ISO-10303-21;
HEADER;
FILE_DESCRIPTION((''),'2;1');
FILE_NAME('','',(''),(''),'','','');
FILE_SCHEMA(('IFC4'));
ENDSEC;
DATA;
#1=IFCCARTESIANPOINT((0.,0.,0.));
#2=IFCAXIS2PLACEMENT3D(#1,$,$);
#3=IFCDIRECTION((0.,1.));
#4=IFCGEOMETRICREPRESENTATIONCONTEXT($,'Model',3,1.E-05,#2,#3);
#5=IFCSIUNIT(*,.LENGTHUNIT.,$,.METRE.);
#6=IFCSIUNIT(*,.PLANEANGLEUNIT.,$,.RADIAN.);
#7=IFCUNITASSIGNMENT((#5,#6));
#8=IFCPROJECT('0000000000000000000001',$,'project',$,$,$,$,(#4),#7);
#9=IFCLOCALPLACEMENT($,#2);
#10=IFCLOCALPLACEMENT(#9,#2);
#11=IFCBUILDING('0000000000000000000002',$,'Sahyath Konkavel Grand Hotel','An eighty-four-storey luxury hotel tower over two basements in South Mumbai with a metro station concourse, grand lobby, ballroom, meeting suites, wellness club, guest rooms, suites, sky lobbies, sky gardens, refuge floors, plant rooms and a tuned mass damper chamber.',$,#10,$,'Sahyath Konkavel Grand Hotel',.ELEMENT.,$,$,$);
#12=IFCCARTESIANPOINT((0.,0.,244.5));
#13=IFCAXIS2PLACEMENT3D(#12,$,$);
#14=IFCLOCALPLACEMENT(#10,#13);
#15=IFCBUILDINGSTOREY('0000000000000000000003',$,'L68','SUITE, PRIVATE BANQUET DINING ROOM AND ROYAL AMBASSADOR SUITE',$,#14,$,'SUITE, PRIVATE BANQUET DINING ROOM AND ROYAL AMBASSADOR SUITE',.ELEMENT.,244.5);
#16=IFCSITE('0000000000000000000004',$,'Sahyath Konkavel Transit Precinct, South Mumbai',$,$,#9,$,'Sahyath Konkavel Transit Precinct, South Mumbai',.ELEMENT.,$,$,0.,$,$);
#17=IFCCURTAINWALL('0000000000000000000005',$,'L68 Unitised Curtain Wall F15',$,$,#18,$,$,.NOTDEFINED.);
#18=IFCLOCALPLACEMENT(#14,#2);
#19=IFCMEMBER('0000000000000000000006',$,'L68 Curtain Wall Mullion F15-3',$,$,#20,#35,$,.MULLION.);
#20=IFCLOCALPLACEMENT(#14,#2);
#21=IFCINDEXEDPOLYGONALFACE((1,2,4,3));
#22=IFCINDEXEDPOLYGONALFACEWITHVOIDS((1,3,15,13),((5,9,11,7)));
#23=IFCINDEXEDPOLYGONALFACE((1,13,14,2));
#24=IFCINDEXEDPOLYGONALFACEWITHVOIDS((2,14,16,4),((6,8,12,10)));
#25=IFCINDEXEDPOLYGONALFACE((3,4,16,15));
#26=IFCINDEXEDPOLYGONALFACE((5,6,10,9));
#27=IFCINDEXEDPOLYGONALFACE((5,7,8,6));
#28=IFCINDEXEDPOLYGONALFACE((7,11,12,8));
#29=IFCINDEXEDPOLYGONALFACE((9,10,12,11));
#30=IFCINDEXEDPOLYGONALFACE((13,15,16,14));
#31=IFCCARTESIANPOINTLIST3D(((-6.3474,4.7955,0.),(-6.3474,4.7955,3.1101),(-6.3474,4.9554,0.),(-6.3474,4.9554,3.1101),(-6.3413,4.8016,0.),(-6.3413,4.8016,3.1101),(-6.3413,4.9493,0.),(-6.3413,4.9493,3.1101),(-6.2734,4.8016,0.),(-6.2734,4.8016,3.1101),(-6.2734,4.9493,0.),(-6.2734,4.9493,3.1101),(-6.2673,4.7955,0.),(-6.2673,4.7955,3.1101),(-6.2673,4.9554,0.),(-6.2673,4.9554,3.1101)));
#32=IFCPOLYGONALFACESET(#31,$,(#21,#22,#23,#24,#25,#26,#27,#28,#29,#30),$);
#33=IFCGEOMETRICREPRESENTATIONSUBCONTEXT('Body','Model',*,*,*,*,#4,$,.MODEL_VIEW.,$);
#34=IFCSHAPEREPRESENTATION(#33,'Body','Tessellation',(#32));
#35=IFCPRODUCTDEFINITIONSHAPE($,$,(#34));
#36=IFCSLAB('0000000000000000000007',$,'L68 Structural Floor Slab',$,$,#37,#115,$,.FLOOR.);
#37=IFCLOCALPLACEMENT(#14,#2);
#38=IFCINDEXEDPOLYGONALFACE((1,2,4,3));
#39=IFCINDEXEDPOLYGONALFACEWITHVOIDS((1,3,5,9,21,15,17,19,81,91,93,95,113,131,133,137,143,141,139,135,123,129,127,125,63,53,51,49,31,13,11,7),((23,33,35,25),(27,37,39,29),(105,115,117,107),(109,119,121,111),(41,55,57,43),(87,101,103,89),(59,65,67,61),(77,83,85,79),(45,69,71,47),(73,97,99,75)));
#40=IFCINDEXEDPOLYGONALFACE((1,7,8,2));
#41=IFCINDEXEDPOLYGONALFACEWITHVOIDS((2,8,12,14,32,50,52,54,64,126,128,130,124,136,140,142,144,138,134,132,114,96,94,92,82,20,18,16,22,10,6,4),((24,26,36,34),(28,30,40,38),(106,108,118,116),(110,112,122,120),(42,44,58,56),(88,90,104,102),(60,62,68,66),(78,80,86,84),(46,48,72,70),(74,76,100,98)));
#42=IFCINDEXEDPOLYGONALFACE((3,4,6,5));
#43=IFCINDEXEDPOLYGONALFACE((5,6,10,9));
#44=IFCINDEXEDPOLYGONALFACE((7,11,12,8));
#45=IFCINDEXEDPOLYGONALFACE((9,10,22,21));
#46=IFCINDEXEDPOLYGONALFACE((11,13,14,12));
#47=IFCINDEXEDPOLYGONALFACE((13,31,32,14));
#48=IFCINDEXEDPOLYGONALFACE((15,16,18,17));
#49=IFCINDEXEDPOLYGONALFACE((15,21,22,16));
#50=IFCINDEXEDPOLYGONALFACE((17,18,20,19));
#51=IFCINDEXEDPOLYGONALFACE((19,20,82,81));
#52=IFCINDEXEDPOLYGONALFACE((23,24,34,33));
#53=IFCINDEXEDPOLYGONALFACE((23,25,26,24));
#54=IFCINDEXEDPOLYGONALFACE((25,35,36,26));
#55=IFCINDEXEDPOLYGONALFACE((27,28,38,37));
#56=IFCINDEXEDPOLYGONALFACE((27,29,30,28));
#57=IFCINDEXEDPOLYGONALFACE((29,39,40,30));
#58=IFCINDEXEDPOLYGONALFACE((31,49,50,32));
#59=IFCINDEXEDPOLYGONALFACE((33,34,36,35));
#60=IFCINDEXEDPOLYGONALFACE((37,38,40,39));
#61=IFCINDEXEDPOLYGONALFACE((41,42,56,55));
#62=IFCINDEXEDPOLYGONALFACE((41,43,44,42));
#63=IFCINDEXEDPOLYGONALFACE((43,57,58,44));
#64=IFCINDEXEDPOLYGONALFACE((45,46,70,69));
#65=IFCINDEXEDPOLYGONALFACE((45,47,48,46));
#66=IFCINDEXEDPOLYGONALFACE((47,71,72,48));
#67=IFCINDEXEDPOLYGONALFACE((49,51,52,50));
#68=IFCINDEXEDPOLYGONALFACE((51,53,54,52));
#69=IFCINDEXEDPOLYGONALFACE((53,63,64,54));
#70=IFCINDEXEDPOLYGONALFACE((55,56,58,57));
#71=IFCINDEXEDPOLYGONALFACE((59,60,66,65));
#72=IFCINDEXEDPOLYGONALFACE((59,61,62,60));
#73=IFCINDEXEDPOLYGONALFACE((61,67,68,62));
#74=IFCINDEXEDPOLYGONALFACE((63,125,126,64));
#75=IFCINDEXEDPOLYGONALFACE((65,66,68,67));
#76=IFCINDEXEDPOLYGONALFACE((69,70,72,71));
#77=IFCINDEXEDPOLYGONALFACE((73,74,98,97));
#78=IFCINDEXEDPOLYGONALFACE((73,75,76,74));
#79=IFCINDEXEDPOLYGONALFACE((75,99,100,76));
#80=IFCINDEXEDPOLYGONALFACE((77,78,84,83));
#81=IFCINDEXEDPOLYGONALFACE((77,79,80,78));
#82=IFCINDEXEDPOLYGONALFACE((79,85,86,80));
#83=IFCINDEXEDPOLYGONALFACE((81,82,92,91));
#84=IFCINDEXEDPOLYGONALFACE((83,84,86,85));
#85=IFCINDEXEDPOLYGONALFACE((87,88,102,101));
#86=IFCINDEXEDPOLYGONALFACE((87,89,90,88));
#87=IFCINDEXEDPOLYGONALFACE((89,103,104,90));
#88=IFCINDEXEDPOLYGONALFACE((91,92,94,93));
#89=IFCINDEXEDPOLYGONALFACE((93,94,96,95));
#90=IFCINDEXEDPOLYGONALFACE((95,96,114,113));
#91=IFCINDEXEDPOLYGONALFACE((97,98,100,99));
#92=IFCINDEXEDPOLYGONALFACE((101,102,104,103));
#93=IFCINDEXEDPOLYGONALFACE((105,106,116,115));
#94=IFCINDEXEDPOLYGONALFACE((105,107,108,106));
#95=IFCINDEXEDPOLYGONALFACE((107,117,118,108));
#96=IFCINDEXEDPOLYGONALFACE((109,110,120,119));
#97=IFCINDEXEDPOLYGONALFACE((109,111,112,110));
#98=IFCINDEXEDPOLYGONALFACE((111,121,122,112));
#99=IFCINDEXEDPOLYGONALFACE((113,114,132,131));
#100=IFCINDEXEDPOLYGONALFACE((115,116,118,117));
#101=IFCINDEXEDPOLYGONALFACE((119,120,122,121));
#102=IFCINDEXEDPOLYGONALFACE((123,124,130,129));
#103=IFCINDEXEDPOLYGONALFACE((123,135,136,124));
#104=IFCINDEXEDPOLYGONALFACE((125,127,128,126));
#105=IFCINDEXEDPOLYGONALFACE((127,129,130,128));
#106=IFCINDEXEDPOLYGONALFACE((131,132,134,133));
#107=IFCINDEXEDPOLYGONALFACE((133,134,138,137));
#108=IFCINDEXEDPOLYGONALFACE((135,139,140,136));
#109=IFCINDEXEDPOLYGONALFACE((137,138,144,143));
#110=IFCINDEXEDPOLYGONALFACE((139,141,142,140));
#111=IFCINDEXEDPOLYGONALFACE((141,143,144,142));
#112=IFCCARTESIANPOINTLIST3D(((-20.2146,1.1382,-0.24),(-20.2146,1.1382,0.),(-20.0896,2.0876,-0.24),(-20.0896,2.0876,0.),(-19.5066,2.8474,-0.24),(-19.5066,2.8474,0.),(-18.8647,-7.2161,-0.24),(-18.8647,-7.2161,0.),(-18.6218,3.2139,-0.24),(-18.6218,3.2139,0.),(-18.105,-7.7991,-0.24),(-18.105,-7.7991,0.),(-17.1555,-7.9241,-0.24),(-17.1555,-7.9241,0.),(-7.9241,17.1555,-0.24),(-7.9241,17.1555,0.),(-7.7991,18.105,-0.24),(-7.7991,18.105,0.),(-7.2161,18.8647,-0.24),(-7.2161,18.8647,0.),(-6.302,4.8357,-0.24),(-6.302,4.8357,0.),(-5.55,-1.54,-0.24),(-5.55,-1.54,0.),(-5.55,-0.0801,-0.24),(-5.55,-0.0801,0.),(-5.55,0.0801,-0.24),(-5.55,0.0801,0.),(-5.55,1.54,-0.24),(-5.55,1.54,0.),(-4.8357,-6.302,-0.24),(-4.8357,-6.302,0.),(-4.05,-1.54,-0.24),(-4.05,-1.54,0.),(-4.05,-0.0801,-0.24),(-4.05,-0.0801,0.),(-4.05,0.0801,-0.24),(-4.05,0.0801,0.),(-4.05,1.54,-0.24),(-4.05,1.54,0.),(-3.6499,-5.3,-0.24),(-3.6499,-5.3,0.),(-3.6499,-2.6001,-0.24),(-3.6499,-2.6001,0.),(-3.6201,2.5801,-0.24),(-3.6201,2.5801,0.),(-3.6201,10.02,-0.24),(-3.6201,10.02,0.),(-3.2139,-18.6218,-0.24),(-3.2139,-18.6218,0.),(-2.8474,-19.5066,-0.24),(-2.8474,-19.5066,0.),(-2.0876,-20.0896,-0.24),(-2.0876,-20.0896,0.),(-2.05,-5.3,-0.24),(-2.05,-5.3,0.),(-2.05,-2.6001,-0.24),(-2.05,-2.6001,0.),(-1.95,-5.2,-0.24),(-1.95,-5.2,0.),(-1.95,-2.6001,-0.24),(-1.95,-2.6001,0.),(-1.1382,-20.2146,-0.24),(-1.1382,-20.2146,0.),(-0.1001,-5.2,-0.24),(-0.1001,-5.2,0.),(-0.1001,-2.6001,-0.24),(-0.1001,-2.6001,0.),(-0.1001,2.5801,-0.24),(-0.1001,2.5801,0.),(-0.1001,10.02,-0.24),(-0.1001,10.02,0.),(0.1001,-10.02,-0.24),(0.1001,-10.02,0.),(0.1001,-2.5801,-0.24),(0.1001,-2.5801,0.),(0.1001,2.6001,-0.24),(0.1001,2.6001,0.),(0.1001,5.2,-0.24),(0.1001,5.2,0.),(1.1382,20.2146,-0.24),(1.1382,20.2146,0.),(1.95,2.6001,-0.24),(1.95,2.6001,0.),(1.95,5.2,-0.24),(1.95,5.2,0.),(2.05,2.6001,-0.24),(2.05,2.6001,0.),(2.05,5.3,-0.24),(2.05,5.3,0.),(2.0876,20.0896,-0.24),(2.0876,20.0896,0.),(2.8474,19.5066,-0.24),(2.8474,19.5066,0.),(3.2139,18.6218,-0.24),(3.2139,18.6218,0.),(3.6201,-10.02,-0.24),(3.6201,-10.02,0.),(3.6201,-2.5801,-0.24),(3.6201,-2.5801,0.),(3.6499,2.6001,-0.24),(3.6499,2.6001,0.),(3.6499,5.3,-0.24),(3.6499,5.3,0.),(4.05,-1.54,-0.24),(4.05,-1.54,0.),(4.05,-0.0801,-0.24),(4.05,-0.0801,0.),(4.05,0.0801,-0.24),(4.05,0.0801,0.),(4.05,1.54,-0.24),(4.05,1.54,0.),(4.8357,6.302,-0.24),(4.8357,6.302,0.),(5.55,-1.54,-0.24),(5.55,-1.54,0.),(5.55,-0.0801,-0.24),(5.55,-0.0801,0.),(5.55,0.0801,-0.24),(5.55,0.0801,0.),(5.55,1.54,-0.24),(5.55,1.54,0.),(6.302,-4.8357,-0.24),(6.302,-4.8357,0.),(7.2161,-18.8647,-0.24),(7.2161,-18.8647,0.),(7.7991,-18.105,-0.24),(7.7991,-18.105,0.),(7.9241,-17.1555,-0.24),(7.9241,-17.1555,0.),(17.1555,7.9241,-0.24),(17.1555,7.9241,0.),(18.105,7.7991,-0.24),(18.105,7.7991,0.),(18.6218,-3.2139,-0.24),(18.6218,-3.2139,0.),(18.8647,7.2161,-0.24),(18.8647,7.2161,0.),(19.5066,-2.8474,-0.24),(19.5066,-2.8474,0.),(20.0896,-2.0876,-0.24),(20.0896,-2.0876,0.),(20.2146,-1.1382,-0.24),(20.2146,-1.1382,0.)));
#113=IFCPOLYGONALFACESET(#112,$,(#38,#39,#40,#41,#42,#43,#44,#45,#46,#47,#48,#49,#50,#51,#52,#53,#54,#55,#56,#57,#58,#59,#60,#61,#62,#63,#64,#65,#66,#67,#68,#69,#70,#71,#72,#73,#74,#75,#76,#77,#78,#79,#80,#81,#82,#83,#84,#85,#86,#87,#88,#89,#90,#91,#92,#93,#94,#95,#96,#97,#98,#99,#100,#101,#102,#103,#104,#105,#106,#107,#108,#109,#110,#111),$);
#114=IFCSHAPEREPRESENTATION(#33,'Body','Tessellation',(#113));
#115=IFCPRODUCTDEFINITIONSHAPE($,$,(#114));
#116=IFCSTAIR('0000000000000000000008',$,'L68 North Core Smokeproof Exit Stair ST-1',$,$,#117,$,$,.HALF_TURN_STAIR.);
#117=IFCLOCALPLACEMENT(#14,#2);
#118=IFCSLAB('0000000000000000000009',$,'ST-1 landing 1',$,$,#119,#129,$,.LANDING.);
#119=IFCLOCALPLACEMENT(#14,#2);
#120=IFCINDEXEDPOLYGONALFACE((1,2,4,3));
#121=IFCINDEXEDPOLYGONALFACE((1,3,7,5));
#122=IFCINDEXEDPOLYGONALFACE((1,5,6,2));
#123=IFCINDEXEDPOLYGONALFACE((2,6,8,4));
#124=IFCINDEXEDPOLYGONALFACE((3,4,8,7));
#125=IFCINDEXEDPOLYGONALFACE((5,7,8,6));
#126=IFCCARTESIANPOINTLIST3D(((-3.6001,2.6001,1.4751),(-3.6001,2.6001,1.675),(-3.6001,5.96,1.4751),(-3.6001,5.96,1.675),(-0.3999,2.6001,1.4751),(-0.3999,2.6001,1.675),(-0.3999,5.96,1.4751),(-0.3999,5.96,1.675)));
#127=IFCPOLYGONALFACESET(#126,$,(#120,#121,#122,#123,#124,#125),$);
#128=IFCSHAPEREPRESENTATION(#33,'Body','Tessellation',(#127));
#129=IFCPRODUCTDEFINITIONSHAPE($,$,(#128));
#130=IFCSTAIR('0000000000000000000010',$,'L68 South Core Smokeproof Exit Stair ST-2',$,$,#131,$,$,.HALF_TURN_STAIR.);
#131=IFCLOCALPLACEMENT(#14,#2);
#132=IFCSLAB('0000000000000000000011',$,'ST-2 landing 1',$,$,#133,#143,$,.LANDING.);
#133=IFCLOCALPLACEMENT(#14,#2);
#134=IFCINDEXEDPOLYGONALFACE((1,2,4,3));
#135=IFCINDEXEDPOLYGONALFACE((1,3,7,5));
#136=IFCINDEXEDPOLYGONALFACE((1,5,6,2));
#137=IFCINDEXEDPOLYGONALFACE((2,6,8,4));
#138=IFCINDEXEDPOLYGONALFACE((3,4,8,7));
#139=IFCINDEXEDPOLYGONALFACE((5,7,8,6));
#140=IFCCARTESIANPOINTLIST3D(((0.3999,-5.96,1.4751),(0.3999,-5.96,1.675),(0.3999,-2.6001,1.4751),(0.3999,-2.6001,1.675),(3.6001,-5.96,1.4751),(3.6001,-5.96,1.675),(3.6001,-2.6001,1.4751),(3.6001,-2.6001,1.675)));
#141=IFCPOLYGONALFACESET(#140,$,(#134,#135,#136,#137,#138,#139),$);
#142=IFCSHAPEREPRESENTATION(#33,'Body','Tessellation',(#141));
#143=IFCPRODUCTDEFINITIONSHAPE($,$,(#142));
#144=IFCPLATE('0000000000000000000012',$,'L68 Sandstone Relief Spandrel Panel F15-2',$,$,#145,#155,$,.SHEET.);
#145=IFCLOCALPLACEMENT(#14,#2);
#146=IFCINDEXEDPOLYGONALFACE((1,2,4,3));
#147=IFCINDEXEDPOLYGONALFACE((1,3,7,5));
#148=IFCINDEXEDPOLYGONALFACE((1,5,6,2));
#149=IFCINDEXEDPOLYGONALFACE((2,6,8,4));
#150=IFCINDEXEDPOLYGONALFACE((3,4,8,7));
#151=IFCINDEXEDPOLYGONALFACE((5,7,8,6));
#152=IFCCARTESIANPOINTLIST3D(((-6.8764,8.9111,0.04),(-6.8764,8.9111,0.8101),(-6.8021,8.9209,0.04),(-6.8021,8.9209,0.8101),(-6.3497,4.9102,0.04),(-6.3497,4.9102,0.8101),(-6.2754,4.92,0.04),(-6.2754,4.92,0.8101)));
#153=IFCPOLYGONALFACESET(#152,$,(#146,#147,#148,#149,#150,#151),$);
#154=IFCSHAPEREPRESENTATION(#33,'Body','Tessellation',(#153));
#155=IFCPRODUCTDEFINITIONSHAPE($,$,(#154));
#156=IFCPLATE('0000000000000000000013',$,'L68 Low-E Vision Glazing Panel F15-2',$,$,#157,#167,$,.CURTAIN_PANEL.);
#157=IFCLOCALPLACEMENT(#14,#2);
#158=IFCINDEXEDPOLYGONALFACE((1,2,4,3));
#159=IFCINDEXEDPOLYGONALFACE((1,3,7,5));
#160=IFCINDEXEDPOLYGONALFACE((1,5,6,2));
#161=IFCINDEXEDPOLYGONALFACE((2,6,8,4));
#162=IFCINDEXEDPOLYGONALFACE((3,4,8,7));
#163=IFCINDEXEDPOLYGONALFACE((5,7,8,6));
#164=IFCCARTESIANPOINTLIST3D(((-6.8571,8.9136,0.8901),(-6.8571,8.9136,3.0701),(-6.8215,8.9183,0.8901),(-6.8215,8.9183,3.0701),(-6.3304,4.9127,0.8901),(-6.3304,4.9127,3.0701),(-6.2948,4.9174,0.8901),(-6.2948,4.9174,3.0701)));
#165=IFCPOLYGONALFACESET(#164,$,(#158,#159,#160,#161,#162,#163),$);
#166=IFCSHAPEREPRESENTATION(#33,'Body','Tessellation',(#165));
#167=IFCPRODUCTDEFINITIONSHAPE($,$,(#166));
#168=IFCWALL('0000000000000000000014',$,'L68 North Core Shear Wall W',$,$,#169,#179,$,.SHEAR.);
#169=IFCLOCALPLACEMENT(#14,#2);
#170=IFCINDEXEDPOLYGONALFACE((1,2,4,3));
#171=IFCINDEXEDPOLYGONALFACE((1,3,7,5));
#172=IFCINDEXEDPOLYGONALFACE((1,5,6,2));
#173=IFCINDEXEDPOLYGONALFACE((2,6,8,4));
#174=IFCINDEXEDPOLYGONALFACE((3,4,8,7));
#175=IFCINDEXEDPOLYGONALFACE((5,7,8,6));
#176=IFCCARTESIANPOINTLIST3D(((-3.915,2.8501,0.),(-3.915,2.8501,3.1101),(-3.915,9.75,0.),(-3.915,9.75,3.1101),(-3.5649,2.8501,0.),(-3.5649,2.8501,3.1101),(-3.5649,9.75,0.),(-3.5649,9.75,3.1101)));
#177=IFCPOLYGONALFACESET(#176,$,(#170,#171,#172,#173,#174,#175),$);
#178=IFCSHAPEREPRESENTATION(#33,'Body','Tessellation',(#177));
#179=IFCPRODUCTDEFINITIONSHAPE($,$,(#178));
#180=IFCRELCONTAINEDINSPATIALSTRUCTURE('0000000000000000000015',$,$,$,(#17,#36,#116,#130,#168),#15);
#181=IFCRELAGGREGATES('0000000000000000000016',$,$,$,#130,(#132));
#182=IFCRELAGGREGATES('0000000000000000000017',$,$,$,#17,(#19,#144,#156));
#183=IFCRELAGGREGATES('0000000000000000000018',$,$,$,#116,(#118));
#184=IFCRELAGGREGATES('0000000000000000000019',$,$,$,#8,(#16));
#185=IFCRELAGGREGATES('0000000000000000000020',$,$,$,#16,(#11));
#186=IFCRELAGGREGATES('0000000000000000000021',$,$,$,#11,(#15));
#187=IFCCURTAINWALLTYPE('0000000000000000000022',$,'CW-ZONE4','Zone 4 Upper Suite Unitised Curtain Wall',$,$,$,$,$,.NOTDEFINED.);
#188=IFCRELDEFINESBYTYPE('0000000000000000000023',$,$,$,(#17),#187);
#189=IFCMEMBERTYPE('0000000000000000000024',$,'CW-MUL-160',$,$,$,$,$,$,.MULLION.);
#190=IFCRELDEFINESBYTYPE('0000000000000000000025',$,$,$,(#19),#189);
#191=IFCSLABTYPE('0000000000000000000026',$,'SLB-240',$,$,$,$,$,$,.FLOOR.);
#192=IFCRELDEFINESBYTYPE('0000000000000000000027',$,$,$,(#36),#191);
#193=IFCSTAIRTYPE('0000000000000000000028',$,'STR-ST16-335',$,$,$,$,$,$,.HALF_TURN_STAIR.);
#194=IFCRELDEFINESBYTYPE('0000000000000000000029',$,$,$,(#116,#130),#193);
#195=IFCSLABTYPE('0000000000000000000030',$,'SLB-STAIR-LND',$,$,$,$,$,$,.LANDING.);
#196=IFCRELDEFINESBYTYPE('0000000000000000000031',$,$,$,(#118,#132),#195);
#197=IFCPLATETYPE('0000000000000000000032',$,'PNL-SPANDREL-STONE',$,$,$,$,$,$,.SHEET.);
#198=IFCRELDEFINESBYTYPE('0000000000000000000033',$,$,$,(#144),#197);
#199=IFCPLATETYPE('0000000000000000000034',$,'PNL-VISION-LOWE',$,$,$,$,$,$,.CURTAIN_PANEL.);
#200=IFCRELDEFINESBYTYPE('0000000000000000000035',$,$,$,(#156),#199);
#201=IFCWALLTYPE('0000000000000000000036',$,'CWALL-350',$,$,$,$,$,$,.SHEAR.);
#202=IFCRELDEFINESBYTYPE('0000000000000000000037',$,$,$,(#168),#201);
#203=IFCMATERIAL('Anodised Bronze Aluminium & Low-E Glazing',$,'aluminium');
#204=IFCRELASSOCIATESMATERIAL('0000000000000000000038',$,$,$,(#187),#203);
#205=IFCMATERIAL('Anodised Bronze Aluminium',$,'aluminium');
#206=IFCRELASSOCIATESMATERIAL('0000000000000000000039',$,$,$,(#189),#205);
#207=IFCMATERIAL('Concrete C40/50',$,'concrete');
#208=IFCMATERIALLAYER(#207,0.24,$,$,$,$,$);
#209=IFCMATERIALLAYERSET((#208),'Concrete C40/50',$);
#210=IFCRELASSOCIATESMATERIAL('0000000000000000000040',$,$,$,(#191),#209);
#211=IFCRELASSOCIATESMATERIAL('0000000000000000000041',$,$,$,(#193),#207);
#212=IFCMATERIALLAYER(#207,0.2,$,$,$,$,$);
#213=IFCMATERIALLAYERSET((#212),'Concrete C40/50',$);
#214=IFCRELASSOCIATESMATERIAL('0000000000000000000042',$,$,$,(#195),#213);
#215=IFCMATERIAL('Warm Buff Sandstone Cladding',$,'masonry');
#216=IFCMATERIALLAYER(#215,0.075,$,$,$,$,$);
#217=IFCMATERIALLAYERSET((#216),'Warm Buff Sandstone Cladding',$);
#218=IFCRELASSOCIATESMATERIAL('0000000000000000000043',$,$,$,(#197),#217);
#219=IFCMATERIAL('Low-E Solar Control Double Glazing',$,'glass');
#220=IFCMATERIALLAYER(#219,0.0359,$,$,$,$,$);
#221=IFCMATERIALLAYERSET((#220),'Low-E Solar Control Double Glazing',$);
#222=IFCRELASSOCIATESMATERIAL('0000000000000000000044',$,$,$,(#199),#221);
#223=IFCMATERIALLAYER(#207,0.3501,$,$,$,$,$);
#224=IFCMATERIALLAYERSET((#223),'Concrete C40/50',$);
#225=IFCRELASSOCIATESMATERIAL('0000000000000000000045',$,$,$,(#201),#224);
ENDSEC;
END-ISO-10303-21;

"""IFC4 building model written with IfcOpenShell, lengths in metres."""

from ifc_helpers import new_model, si_unit, direction, frame, frame_2d, origin, origin_2d, place, context, subcontext, project, spatial, polyline, rectangle, hollow_rectangle, outline, extrude, source, transform, mapped, material, layer, layer_set, material_profile, profile_set, type_object, element, aggregate, save


model = new_model("IFC4")

# Units and contexts
model_context = context("Model", 3, precision=1e-05, world=origin(), true_north=direction((0.0, 1.0)))
body_context = subcontext(model_context, "Body", "Model", "MODEL_VIEW")
ifc_project = project(units=[si_unit("LENGTHUNIT", "METRE"), si_unit("PLANEANGLEUNIT", "RADIAN")], contexts=[model_context])

# Site, building, storey
site_placement = place(None, origin())
site = spatial("IfcSite", under=ifc_project, at=site_placement, Name="Sahyath Konkavel Transit Precinct, South Mumbai", LongName="Sahyath Konkavel Transit Precinct, South Mumbai", CompositionType="ELEMENT", RefElevation=0.0)
building_placement = place(site_placement, origin())
building = spatial("IfcBuilding", under=site, at=building_placement, Name="Sahyath Konkavel Grand Hotel", Description="An eighty-four-storey luxury hotel tower over two basements in South Mumbai with a metro station concourse, grand lobby, ballroom, meeting suites, wellness club, guest rooms, suites, sky lobbies, sky gardens, refuge floors, plant rooms and a tuned mass damper chamber.", LongName="Sahyath Konkavel Grand Hotel", CompositionType="ELEMENT")
storey_placement = place(building_placement, frame((0.0, 0.0, 244.5)))
storey = spatial("IfcBuildingStorey", under=building, at=storey_placement, Name="L68", Description="SUITE, PRIVATE BANQUET DINING ROOM AND ROYAL AMBASSADOR SUITE", LongName="SUITE, PRIVATE BANQUET DINING ROOM AND ROYAL AMBASSADOR SUITE", CompositionType="ELEMENT", Elevation=244.5)

# Shared definitions
ifc_material_1 = material(Name="Concrete C40/50", Category="concrete")

# Curtain wall, member
ifc_material_2 = material(Name="Anodised Bronze Aluminium & Low-E Glazing", Category="aluminium")
curtain_wall_type = type_object("IfcCurtainWallType", Name="CW-ZONE4", Description="Zone 4 Upper Suite Unitised Curtain Wall", PredefinedType="NOTDEFINED", material=ifc_material_2)
curtain_wall_placement = place(storey_placement, origin())
curtain_wall = element("IfcCurtainWall", 1, at=curtain_wall_placement, inside=storey, type_object=curtain_wall_type, Name="L68 Unitised Curtain Wall F15", PredefinedType="NOTDEFINED")
ifc_material_3 = material(Name="Anodised Bronze Aluminium", Category="aluminium")
ifc_material_profile_1 = material_profile(ifc_material_3, hollow_rectangle(XDim=0.0801, YDim=0.1599, WallThickness=0.0061, at=origin_2d()), Name="RHS 160x80x6")
ifc_profile_set_1 = profile_set([ifc_material_profile_1], Name="Anodised Bronze Aluminium")
member_type = type_object("IfcMemberType", Name="CW-MUL-160", PredefinedType="MULLION", material=ifc_profile_set_1)
shared_shape_1 = source(origin(), body_context, "Body", "SweptSolid", [
    extrude(hollow_rectangle(XDim=0.0801, YDim=0.1599, WallThickness=0.0061, at=origin_2d()), origin(), (0.0, 0.0, 1.0), 3.1101),
])
member_placement = place(storey_placement, frame((-6.3074, 4.8755, 0.0), z_axis=(0.0, 0.0, 1.0), x_axis=(1.0, 0.0, 0.0)))
member = element("IfcMember", 2, at=member_placement, type_object=member_type, Name="L68 Curtain Wall Mullion F15-3", PredefinedType="MULLION", context=body_context, shape_type="MappedRepresentation", body=[
    mapped(shared_shape_1, transform((0.0, 0.0, 0.0), scale=1.0)),
])

# Slab
ifc_layer_1 = layer(ifc_material_1, 0.24)
ifc_layer_set_1 = layer_set([ifc_layer_1], Name="Concrete C40/50")
slab_type_1 = type_object("IfcSlabType", Name="SLB-240", PredefinedType="FLOOR", material=ifc_layer_set_1)
slab_1_placement = place(storey_placement, frame((0.0, 0.0, -0.24)))
element("IfcSlab", 3, at=slab_1_placement, inside=storey, type_object=slab_type_1, Name="L68 Structural Floor Slab", PredefinedType="FLOOR", context=body_context, shape_type="SweptSolid", body=[
    extrude(outline(polyline([(6.302, -4.8357), (18.6218, -3.2139), (19.5066, -2.8474), (20.0896, -2.0876), (20.2146, -1.1382), (18.8647, 7.2161), (18.105, 7.7991), (17.1555, 7.9241), (4.8357, 6.302), (3.2139, 18.6218), (2.8474, 19.5066), (2.0876, 20.0896), (1.1382, 20.2146), (-7.2161, 18.8647), (-7.7991, 18.105), (-7.9241, 17.1555), (-6.302, 4.8357), (-18.6218, 3.2139), (-19.5066, 2.8474), (-20.0896, 2.0876), (-20.2146, 1.1382), (-18.8647, -7.2161), (-18.105, -7.7991), (-17.1555, -7.9241), (-4.8357, -6.302), (-3.2139, -18.6218), (-2.8474, -19.5066), (-2.0876, -20.0896), (-1.1382, -20.2146), (7.2161, -18.8647), (7.7991, -18.105), (7.9241, -17.1555), (6.302, -4.8357)]), holes=[polyline([(-3.6201, 2.5801), (-0.1001, 2.5801), (-0.1001, 10.02), (-3.6201, 10.02), (-3.6201, 2.5801)]), polyline([(0.1001, -10.02), (3.6201, -10.02), (3.6201, -2.5801), (0.1001, -2.5801), (0.1001, -10.02)]), polyline([(0.1001, 2.6001), (1.95, 2.6001), (1.95, 5.2), (0.1001, 5.2), (0.1001, 2.6001)]), polyline([(-1.95, -5.2), (-0.1001, -5.2), (-0.1001, -2.6001), (-1.95, -2.6001), (-1.95, -5.2)]), polyline([(2.05, 2.6001), (3.6499, 2.6001), (3.6499, 5.3), (2.05, 5.3), (2.05, 2.6001)]), polyline([(-3.6499, -5.3), (-2.05, -5.3), (-2.05, -2.6001), (-3.6499, -2.6001), (-3.6499, -5.3)]), polyline([(4.05, 0.0801), (5.55, 0.0801), (5.55, 1.54), (4.05, 1.54), (4.05, 0.0801)]), polyline([(4.05, -1.54), (5.55, -1.54), (5.55, -0.0801), (4.05, -0.0801), (4.05, -1.54)]), polyline([(-5.55, 0.0801), (-4.05, 0.0801), (-4.05, 1.54), (-5.55, 1.54), (-5.55, 0.0801)]), polyline([(-5.55, -1.54), (-4.05, -1.54), (-4.05, -0.0801), (-5.55, -0.0801), (-5.55, -1.54)])]), origin(), (0.0, 0.0, 1.0), 0.24),
])

# Stairs, slabs
stair_type = type_object("IfcStairType", Name="STR-ST16-335", PredefinedType="HALF_TURN_STAIR", material=ifc_material_1)
stair_1_placement = place(storey_placement, origin())
stair_1 = element("IfcStair", 4, at=stair_1_placement, inside=storey, type_object=stair_type, Name="L68 North Core Smokeproof Exit Stair ST-1", PredefinedType="HALF_TURN_STAIR")
ifc_layer_2 = layer(ifc_material_1, 0.2)
ifc_layer_set_2 = layer_set([ifc_layer_2], Name="Concrete C40/50")
slab_type_2 = type_object("IfcSlabType", Name="SLB-STAIR-LND", PredefinedType="LANDING", material=ifc_layer_set_2)
slab_2_placement = place(storey_placement, frame((0.0, 0.0, 1.4751)))
slab_2 = element("IfcSlab", 5, at=slab_2_placement, type_object=slab_type_2, Name="ST-1 landing 1", PredefinedType="LANDING", context=body_context, shape_type="SweptSolid", body=[
    extrude(outline(polyline([(-3.6001, 5.96), (-3.6001, 2.6001), (-0.3999, 2.6001), (-0.3999, 5.96), (-3.6001, 5.96)])), origin(), (0.0, 0.0, 1.0), 0.2),
])
stair_2_placement = place(storey_placement, origin())
stair_2 = element("IfcStair", 6, at=stair_2_placement, inside=storey, type_object=stair_type, Name="L68 South Core Smokeproof Exit Stair ST-2", PredefinedType="HALF_TURN_STAIR")
slab_3_placement = place(storey_placement, frame((0.0, 0.0, 1.4751)))
slab_3 = element("IfcSlab", 7, at=slab_3_placement, type_object=slab_type_2, Name="ST-2 landing 1", PredefinedType="LANDING", context=body_context, shape_type="SweptSolid", body=[
    extrude(outline(polyline([(3.6001, -5.96), (3.6001, -2.6001), (0.3999, -2.6001), (0.3999, -5.96), (3.6001, -5.96)])), origin(), (0.0, 0.0, 1.0), 0.2),
])
aggregate(stair_2, [slab_3])

# Plates
ifc_material_4 = material(Name="Warm Buff Sandstone Cladding", Category="masonry")
ifc_layer_3 = layer(ifc_material_4, 0.075)
ifc_layer_set_3 = layer_set([ifc_layer_3], Name="Warm Buff Sandstone Cladding")
plate_type_1 = type_object("IfcPlateType", Name="PNL-SPANDREL-STONE", PredefinedType="SHEET", material=ifc_layer_set_3)
shared_shape_2 = source(origin(), body_context, "Body", "SweptSolid", [
    extrude(rectangle(XDim=4.0354, YDim=0.075, at=origin_2d()), origin(), (0.0, 0.0, 1.0), 0.77),
])
plate_1_placement = place(storey_placement, frame((-6.5759, 6.9155, 0.04), z_axis=(0.0, 0.0, 1.0), x_axis=(0.130526, -0.991445, 0.0)))
plate_1 = element("IfcPlate", 8, at=plate_1_placement, type_object=plate_type_1, Name="L68 Sandstone Relief Spandrel Panel F15-2", PredefinedType="SHEET", context=body_context, shape_type="MappedRepresentation", body=[
    mapped(shared_shape_2, transform((0.0, 0.0, 0.0), scale=1.0)),
])
ifc_material_5 = material(Name="Low-E Solar Control Double Glazing", Category="glass")
ifc_layer_4 = layer(ifc_material_5, 0.0359)
ifc_layer_set_4 = layer_set([ifc_layer_4], Name="Low-E Solar Control Double Glazing")
plate_type_2 = type_object("IfcPlateType", Name="PNL-VISION-LOWE", PredefinedType="CURTAIN_PANEL", material=ifc_layer_set_4)
shared_shape_3 = source(origin(), body_context, "Body", "SweptSolid", [
    extrude(rectangle(XDim=4.0354, YDim=0.0359, at=origin_2d()), origin(), (0.0, 0.0, 1.0), 2.1799),
])
plate_2_placement = place(storey_placement, frame((-6.5759, 6.9155, 0.8901), z_axis=(0.0, 0.0, 1.0), x_axis=(0.130526, -0.991445, 0.0)))
plate_2 = element("IfcPlate", 9, at=plate_2_placement, type_object=plate_type_2, Name="L68 Low-E Vision Glazing Panel F15-2", PredefinedType="CURTAIN_PANEL", context=body_context, shape_type="MappedRepresentation", body=[
    mapped(shared_shape_3, transform((0.0, 0.0, 0.0), scale=1.0)),
])
aggregate(curtain_wall, [member, plate_1, plate_2])

# Wall
ifc_layer_5 = layer(ifc_material_1, 0.3501)
ifc_layer_set_5 = layer_set([ifc_layer_5], Name="Concrete C40/50")
wall_type_1 = type_object("IfcWallType", Name="CWALL-350", PredefinedType="SHEAR", material=ifc_layer_set_5)
wall_1_placement = place(storey_placement, frame((-3.74, 2.8501, 0.0), z_axis=(0.0, 0.0, 1.0), x_axis=(0.0, 1.0, 0.0)))
element("IfcWall", 10, at=wall_1_placement, inside=storey, type_object=wall_type_1, Name="L68 North Core Shear Wall W", PredefinedType="SHEAR", context=body_context, shape_type="SweptSolid", body=[
    extrude(rectangle(XDim=6.8999, YDim=0.3501, at=frame_2d((3.45, 0.0))), origin(), (0.0, 0.0, 1.0), 3.1101),
])

aggregate(stair_1, [slab_2])

save(model, "model.ifc")
